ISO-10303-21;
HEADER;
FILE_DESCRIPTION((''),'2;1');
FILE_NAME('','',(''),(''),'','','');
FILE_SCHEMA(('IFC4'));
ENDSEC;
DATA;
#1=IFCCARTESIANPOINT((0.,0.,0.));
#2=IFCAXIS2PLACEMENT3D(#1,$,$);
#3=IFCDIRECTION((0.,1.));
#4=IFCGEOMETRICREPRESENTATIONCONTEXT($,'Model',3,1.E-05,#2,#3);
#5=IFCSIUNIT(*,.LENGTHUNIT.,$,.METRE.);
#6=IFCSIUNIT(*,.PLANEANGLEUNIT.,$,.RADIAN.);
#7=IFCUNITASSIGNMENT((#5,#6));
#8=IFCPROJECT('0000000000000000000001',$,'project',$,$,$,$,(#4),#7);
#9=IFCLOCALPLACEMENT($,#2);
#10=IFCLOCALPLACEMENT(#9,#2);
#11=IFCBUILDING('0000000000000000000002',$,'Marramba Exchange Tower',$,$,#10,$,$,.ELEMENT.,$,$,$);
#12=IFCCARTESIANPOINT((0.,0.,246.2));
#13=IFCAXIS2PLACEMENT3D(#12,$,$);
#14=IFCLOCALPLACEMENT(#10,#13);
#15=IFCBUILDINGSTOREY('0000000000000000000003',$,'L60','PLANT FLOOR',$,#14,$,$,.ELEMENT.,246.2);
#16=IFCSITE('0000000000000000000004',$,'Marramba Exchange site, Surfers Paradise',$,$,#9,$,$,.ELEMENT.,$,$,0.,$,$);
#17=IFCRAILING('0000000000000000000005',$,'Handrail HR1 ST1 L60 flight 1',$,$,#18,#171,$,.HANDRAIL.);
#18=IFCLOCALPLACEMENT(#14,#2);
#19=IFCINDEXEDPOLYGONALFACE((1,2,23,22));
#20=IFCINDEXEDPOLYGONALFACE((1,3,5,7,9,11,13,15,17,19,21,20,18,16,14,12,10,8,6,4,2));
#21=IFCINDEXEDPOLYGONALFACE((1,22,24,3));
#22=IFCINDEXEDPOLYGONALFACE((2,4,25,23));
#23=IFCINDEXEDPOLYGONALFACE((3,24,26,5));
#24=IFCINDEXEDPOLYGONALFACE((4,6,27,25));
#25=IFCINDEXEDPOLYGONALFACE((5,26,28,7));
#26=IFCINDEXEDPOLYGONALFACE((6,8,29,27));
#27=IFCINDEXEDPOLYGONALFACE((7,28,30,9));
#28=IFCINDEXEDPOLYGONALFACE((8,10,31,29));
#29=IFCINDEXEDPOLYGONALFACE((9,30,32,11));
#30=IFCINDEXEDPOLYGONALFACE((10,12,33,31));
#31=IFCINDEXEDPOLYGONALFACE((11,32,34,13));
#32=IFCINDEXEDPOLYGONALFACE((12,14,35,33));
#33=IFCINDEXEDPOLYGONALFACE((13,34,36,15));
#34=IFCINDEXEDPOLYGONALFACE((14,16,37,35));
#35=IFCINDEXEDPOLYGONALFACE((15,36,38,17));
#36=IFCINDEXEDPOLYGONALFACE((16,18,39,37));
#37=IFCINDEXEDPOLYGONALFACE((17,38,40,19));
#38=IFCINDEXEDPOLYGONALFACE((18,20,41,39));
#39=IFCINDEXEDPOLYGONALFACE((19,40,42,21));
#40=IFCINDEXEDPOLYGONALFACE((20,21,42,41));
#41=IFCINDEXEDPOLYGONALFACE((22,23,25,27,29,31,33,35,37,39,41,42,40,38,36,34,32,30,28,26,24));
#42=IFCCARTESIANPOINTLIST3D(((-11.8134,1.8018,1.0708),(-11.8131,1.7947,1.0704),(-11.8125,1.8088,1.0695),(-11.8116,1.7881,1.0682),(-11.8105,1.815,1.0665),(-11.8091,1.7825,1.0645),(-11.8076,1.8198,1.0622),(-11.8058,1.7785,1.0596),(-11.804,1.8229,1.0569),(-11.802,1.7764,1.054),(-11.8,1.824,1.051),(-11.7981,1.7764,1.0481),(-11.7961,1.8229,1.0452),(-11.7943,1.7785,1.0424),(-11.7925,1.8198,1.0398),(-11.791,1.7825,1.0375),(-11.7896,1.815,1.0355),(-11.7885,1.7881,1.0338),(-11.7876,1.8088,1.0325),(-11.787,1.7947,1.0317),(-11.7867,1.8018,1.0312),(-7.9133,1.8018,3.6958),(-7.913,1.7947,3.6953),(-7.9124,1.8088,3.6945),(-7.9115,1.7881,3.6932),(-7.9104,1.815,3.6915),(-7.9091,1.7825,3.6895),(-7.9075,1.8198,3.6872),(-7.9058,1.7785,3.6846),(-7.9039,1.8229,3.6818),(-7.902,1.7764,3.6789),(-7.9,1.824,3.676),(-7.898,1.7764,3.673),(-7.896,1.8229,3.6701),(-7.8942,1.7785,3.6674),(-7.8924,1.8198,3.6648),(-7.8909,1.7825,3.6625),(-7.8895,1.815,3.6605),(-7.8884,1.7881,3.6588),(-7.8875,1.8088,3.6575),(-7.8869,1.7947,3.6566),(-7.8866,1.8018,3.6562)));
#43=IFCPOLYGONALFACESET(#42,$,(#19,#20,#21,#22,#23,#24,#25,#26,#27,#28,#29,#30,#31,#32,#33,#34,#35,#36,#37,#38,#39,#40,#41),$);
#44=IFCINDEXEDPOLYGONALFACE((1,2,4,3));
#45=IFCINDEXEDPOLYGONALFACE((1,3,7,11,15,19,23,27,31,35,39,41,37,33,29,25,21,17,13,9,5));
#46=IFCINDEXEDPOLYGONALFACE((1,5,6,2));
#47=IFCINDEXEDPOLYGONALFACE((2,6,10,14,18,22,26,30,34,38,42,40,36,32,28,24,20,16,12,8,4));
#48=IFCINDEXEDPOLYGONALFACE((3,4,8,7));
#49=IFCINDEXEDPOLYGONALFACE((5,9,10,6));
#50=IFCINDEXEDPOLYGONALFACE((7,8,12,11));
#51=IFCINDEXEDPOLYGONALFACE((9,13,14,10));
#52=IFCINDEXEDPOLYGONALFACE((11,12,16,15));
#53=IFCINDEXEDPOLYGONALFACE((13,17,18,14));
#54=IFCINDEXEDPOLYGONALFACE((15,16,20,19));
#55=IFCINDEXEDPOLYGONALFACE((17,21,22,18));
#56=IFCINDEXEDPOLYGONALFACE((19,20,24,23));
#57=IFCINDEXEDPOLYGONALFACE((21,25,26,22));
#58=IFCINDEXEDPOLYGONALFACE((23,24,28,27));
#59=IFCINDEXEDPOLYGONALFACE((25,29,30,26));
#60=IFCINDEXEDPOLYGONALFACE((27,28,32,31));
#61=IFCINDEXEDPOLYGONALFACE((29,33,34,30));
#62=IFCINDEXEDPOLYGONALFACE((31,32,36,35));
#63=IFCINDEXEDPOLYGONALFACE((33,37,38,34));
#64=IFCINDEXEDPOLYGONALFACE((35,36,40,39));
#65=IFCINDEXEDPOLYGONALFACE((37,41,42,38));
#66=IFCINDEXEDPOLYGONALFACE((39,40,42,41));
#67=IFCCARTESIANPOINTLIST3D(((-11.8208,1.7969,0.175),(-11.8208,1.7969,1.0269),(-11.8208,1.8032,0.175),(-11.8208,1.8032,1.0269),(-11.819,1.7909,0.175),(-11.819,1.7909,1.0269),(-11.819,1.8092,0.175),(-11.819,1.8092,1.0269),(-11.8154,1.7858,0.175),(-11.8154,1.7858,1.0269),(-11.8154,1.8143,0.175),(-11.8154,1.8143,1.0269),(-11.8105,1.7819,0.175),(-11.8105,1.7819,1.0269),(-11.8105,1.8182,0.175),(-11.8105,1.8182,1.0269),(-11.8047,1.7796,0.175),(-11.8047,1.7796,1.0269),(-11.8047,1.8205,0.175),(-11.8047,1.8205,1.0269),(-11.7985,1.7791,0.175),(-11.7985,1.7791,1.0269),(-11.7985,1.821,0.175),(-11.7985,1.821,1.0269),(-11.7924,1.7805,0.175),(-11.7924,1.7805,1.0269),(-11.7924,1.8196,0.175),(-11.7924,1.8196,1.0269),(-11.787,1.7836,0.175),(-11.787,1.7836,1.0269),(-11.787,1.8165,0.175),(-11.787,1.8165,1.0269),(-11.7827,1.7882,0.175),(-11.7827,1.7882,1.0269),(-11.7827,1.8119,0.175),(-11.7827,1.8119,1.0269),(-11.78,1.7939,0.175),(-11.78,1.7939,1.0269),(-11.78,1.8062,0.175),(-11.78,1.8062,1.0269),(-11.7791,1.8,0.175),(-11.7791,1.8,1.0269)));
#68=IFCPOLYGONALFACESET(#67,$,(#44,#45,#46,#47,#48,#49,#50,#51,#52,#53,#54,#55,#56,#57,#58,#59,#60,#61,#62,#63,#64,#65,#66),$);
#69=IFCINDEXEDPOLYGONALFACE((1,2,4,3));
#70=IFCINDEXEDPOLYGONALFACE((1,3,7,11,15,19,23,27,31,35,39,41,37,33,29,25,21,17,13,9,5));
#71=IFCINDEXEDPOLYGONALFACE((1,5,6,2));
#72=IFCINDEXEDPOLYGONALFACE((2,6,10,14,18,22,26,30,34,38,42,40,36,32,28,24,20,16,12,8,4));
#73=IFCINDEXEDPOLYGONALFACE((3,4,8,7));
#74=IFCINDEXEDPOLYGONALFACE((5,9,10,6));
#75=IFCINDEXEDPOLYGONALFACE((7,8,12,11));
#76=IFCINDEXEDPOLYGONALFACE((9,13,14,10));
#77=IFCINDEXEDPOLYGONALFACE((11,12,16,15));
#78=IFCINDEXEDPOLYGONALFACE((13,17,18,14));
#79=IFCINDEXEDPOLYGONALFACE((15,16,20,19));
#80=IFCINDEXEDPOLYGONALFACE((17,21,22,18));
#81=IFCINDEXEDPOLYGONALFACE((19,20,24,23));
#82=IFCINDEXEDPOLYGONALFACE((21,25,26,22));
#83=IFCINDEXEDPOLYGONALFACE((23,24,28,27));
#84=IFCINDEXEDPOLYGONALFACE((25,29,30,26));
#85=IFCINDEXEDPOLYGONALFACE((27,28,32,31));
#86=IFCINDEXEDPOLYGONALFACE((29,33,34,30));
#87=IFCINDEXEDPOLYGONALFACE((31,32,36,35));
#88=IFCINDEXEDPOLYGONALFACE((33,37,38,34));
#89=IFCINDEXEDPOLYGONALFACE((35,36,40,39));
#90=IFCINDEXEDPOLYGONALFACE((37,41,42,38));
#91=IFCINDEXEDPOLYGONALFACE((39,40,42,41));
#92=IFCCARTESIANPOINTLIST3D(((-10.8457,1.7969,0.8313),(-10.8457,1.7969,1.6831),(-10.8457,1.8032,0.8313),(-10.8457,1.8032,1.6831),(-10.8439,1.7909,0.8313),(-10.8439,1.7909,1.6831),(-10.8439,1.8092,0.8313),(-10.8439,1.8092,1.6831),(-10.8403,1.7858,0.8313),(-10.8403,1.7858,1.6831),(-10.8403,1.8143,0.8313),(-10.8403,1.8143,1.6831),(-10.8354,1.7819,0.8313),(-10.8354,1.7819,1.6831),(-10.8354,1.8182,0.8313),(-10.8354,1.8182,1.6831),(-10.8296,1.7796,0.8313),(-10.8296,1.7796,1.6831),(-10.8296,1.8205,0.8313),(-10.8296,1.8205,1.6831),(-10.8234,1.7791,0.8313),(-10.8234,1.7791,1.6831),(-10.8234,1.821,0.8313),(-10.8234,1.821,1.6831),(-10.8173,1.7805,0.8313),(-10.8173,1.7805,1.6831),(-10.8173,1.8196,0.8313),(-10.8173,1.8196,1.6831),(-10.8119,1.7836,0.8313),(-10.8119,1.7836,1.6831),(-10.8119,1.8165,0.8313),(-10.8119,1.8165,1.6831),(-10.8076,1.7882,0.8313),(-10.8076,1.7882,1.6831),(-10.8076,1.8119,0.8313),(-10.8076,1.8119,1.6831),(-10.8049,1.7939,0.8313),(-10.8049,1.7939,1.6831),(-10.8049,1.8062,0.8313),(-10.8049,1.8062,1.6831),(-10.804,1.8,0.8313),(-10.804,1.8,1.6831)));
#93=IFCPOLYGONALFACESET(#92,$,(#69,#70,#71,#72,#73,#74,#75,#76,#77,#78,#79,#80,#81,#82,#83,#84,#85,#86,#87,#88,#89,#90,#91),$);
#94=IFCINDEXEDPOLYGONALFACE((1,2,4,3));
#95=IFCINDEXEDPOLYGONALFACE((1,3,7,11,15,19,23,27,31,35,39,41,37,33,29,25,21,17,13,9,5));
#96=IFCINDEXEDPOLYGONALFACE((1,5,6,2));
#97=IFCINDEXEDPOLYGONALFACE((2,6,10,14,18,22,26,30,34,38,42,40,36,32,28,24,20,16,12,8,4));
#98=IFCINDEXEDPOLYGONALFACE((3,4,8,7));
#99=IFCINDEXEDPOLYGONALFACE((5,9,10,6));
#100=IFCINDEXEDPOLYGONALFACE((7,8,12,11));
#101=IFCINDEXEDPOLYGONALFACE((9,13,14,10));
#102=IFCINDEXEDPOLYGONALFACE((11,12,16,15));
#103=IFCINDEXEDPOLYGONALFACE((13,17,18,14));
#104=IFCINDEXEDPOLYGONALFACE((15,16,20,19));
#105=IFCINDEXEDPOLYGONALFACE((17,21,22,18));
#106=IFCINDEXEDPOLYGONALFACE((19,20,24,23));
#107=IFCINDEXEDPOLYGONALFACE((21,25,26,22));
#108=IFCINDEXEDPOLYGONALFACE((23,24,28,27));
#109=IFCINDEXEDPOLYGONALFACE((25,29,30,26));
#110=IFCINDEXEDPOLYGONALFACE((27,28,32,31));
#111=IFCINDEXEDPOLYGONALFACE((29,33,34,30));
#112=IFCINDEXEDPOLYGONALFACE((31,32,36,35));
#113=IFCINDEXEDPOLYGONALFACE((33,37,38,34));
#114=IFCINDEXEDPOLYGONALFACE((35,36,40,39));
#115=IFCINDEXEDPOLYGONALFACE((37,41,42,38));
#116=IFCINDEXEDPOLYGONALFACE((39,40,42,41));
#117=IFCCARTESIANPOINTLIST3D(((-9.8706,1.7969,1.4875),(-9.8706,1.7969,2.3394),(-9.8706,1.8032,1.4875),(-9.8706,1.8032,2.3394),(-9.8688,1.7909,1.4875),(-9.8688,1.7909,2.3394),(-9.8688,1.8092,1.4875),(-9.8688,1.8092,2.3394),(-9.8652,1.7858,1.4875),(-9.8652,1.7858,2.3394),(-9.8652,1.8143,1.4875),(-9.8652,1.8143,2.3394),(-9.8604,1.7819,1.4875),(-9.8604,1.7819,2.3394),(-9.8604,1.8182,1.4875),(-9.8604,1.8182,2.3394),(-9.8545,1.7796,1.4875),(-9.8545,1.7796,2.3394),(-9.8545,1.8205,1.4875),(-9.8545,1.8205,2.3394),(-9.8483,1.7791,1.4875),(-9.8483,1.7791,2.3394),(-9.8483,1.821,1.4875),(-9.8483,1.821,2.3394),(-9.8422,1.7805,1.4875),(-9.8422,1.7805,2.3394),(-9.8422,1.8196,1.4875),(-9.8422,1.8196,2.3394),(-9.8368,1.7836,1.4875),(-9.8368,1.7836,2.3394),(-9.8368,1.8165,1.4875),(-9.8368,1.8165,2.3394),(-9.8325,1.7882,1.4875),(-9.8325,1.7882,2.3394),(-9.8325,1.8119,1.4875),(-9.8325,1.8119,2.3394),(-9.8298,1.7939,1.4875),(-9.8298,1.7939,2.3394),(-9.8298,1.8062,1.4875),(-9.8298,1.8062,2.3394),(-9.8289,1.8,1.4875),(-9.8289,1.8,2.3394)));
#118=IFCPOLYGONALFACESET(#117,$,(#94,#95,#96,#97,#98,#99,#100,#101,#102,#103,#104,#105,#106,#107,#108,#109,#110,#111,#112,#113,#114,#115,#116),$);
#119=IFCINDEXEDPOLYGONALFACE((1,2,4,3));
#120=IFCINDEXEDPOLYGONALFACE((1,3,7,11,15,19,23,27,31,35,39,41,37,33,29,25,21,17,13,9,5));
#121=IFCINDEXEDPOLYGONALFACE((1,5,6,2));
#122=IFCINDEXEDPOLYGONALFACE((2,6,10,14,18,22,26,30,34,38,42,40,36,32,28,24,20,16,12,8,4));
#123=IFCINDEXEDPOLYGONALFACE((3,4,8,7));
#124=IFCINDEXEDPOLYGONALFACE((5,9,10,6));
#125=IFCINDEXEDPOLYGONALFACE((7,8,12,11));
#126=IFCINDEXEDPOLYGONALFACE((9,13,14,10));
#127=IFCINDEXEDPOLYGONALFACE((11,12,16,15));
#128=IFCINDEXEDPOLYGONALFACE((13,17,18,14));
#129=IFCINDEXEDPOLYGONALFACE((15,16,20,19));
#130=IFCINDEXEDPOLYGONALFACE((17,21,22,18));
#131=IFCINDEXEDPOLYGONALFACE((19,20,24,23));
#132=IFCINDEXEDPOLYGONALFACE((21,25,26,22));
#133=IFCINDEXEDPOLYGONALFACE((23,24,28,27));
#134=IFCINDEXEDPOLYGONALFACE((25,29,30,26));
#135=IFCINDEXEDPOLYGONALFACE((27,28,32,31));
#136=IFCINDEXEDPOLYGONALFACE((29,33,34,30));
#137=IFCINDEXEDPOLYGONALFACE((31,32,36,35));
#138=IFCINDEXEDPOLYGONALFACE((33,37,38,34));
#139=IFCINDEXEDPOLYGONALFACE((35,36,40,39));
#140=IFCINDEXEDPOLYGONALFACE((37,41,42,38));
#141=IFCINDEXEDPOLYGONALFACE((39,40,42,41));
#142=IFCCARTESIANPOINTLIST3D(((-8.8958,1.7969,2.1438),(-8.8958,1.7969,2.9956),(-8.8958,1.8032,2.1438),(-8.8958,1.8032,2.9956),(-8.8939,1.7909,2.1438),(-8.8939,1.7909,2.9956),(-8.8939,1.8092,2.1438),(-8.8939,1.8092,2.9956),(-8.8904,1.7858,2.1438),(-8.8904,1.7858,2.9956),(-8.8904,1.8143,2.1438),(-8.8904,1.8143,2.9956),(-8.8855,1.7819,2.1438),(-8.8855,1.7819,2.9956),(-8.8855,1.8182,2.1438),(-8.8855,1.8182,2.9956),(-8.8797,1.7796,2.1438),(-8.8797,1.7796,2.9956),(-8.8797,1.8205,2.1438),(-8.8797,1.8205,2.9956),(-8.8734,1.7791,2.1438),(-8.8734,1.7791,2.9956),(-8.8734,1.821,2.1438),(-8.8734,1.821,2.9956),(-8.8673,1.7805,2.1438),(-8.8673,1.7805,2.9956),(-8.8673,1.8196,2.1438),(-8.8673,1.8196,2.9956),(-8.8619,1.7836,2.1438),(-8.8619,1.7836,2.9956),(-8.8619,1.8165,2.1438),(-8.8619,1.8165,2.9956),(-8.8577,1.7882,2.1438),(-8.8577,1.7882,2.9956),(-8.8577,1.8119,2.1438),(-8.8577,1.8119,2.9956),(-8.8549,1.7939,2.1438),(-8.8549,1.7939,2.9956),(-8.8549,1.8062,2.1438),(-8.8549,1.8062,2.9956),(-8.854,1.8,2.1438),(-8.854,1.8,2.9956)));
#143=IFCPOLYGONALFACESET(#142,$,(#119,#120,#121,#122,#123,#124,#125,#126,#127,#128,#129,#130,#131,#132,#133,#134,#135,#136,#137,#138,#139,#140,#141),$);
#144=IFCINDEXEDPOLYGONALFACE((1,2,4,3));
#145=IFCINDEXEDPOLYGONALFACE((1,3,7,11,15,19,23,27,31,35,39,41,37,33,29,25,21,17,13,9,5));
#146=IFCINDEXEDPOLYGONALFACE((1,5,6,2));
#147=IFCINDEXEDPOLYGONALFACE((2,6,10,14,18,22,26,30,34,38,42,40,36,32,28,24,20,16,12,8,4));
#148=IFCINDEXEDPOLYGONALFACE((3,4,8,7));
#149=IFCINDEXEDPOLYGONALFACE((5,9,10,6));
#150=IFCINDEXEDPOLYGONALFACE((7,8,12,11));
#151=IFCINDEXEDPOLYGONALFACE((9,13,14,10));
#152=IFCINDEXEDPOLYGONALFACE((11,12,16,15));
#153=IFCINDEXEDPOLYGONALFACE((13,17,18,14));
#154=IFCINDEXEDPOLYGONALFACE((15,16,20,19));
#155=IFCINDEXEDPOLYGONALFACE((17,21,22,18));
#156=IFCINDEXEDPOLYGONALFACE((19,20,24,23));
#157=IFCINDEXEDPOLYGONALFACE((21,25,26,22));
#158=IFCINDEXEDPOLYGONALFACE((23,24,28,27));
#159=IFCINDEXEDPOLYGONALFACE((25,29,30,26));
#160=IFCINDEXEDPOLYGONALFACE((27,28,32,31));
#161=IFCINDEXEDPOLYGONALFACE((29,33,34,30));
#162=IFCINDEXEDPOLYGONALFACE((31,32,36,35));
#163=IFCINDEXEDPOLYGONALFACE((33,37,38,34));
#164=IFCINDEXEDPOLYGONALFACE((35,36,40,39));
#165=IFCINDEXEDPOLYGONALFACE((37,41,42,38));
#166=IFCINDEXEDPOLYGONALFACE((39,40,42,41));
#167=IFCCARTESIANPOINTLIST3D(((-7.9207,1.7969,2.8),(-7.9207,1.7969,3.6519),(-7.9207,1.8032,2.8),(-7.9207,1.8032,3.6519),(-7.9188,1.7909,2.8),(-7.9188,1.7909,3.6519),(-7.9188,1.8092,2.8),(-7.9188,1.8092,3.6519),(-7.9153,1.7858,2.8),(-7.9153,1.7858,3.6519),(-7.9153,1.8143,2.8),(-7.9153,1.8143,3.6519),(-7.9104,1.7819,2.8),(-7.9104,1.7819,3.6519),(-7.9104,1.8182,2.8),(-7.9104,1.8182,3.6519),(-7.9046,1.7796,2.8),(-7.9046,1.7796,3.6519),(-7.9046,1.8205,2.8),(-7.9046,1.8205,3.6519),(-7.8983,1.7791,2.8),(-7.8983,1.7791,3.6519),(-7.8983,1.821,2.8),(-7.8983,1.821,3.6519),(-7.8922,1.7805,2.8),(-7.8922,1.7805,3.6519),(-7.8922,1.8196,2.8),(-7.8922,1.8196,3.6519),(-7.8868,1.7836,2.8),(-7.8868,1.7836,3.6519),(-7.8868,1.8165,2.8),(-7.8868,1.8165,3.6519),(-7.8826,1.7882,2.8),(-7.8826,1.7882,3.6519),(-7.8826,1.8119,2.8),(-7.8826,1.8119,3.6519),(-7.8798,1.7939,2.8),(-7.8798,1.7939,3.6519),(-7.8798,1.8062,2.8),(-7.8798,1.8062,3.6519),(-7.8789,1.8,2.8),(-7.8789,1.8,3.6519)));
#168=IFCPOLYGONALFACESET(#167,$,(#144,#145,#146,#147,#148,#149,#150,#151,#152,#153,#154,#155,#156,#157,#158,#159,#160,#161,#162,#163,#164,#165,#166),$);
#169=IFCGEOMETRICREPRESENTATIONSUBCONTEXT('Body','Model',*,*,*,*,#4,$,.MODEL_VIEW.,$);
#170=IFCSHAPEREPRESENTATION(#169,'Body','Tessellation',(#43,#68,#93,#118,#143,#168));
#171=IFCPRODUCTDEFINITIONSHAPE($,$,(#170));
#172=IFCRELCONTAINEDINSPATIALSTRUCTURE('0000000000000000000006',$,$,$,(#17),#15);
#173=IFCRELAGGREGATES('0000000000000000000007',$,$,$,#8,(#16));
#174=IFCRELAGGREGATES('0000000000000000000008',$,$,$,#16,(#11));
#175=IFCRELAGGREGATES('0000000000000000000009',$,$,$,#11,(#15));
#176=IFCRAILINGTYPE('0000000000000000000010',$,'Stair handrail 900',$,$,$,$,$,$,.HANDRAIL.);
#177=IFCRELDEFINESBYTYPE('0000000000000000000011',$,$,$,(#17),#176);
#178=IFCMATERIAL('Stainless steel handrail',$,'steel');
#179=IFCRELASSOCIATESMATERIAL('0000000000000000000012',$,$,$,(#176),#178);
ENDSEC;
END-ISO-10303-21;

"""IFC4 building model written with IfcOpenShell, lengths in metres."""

from ifc_helpers import new_model, si_unit, direction, frame, origin, origin_2d, place, context, subcontext, project, spatial, circle, extrude, material, type_object, element, save


model = new_model("IFC4")

# Units and contexts
model_context = context("Model", 3, precision=1e-05, world=origin(), true_north=direction((0.0, 1.0)))
body_context = subcontext(model_context, "Body", "Model", "MODEL_VIEW")
ifc_project = project(units=[si_unit("LENGTHUNIT", "METRE"), si_unit("PLANEANGLEUNIT", "RADIAN")], contexts=[model_context])

# Site, building, storey
site_placement = place(None, origin())
site = spatial("IfcSite", under=ifc_project, at=site_placement, Name="Marramba Exchange site, Surfers Paradise", CompositionType="ELEMENT", RefElevation=0.0)
building_placement = place(site_placement, origin())
building = spatial("IfcBuilding", under=site, at=building_placement, Name="Marramba Exchange Tower", CompositionType="ELEMENT")
storey_placement = place(building_placement, frame((0.0, 0.0, 246.2)))
storey = spatial("IfcBuildingStorey", under=building, at=storey_placement, Name="L60", Description="PLANT FLOOR", CompositionType="ELEMENT", Elevation=246.2)

# Railing
ifc_material_1 = material(Name="Stainless steel handrail", Category="steel")
railing_type = type_object("IfcRailingType", Name="Stair handrail 900", PredefinedType="HANDRAIL", material=ifc_material_1)
railing_placement = place(storey_placement, frame((-11.8, 1.8, 0.175)))
element("IfcRailing", 1, at=railing_placement, inside=storey, type_object=railing_type, Name="Handrail HR1 ST1 L60 flight 1", PredefinedType="HANDRAIL", context=body_context, shape_type="SweptSolid", body=[
    extrude(circle(Radius=0.0239, at=origin_2d()), frame((0.0, 0.0, 0.876), z_axis=(0.829597, 0.0, 0.558362), x_axis=(0.0, 1.0, 0.0)), (0.0, 0.0, 1.0), 4.7012),
    extrude(circle(Radius=0.021, at=origin_2d()), origin(), (0.0, 0.0, 1.0), 0.8518),
    extrude(circle(Radius=0.021, at=origin_2d()), frame((0.9751, 0.0, 0.6562)), (0.0, 0.0, 1.0), 0.8518),
    extrude(circle(Radius=0.021, at=origin_2d()), frame((1.9502, 0.0, 1.3125)), (0.0, 0.0, 1.0), 0.8518),
    extrude(circle(Radius=0.021, at=origin_2d()), frame((2.925, 0.0, 1.9688)), (0.0, 0.0, 1.0), 0.8518),
    extrude(circle(Radius=0.021, at=origin_2d()), frame((3.9001, 0.0, 2.625)), (0.0, 0.0, 1.0), 0.8518),
])

save(model, "model.ifc")
